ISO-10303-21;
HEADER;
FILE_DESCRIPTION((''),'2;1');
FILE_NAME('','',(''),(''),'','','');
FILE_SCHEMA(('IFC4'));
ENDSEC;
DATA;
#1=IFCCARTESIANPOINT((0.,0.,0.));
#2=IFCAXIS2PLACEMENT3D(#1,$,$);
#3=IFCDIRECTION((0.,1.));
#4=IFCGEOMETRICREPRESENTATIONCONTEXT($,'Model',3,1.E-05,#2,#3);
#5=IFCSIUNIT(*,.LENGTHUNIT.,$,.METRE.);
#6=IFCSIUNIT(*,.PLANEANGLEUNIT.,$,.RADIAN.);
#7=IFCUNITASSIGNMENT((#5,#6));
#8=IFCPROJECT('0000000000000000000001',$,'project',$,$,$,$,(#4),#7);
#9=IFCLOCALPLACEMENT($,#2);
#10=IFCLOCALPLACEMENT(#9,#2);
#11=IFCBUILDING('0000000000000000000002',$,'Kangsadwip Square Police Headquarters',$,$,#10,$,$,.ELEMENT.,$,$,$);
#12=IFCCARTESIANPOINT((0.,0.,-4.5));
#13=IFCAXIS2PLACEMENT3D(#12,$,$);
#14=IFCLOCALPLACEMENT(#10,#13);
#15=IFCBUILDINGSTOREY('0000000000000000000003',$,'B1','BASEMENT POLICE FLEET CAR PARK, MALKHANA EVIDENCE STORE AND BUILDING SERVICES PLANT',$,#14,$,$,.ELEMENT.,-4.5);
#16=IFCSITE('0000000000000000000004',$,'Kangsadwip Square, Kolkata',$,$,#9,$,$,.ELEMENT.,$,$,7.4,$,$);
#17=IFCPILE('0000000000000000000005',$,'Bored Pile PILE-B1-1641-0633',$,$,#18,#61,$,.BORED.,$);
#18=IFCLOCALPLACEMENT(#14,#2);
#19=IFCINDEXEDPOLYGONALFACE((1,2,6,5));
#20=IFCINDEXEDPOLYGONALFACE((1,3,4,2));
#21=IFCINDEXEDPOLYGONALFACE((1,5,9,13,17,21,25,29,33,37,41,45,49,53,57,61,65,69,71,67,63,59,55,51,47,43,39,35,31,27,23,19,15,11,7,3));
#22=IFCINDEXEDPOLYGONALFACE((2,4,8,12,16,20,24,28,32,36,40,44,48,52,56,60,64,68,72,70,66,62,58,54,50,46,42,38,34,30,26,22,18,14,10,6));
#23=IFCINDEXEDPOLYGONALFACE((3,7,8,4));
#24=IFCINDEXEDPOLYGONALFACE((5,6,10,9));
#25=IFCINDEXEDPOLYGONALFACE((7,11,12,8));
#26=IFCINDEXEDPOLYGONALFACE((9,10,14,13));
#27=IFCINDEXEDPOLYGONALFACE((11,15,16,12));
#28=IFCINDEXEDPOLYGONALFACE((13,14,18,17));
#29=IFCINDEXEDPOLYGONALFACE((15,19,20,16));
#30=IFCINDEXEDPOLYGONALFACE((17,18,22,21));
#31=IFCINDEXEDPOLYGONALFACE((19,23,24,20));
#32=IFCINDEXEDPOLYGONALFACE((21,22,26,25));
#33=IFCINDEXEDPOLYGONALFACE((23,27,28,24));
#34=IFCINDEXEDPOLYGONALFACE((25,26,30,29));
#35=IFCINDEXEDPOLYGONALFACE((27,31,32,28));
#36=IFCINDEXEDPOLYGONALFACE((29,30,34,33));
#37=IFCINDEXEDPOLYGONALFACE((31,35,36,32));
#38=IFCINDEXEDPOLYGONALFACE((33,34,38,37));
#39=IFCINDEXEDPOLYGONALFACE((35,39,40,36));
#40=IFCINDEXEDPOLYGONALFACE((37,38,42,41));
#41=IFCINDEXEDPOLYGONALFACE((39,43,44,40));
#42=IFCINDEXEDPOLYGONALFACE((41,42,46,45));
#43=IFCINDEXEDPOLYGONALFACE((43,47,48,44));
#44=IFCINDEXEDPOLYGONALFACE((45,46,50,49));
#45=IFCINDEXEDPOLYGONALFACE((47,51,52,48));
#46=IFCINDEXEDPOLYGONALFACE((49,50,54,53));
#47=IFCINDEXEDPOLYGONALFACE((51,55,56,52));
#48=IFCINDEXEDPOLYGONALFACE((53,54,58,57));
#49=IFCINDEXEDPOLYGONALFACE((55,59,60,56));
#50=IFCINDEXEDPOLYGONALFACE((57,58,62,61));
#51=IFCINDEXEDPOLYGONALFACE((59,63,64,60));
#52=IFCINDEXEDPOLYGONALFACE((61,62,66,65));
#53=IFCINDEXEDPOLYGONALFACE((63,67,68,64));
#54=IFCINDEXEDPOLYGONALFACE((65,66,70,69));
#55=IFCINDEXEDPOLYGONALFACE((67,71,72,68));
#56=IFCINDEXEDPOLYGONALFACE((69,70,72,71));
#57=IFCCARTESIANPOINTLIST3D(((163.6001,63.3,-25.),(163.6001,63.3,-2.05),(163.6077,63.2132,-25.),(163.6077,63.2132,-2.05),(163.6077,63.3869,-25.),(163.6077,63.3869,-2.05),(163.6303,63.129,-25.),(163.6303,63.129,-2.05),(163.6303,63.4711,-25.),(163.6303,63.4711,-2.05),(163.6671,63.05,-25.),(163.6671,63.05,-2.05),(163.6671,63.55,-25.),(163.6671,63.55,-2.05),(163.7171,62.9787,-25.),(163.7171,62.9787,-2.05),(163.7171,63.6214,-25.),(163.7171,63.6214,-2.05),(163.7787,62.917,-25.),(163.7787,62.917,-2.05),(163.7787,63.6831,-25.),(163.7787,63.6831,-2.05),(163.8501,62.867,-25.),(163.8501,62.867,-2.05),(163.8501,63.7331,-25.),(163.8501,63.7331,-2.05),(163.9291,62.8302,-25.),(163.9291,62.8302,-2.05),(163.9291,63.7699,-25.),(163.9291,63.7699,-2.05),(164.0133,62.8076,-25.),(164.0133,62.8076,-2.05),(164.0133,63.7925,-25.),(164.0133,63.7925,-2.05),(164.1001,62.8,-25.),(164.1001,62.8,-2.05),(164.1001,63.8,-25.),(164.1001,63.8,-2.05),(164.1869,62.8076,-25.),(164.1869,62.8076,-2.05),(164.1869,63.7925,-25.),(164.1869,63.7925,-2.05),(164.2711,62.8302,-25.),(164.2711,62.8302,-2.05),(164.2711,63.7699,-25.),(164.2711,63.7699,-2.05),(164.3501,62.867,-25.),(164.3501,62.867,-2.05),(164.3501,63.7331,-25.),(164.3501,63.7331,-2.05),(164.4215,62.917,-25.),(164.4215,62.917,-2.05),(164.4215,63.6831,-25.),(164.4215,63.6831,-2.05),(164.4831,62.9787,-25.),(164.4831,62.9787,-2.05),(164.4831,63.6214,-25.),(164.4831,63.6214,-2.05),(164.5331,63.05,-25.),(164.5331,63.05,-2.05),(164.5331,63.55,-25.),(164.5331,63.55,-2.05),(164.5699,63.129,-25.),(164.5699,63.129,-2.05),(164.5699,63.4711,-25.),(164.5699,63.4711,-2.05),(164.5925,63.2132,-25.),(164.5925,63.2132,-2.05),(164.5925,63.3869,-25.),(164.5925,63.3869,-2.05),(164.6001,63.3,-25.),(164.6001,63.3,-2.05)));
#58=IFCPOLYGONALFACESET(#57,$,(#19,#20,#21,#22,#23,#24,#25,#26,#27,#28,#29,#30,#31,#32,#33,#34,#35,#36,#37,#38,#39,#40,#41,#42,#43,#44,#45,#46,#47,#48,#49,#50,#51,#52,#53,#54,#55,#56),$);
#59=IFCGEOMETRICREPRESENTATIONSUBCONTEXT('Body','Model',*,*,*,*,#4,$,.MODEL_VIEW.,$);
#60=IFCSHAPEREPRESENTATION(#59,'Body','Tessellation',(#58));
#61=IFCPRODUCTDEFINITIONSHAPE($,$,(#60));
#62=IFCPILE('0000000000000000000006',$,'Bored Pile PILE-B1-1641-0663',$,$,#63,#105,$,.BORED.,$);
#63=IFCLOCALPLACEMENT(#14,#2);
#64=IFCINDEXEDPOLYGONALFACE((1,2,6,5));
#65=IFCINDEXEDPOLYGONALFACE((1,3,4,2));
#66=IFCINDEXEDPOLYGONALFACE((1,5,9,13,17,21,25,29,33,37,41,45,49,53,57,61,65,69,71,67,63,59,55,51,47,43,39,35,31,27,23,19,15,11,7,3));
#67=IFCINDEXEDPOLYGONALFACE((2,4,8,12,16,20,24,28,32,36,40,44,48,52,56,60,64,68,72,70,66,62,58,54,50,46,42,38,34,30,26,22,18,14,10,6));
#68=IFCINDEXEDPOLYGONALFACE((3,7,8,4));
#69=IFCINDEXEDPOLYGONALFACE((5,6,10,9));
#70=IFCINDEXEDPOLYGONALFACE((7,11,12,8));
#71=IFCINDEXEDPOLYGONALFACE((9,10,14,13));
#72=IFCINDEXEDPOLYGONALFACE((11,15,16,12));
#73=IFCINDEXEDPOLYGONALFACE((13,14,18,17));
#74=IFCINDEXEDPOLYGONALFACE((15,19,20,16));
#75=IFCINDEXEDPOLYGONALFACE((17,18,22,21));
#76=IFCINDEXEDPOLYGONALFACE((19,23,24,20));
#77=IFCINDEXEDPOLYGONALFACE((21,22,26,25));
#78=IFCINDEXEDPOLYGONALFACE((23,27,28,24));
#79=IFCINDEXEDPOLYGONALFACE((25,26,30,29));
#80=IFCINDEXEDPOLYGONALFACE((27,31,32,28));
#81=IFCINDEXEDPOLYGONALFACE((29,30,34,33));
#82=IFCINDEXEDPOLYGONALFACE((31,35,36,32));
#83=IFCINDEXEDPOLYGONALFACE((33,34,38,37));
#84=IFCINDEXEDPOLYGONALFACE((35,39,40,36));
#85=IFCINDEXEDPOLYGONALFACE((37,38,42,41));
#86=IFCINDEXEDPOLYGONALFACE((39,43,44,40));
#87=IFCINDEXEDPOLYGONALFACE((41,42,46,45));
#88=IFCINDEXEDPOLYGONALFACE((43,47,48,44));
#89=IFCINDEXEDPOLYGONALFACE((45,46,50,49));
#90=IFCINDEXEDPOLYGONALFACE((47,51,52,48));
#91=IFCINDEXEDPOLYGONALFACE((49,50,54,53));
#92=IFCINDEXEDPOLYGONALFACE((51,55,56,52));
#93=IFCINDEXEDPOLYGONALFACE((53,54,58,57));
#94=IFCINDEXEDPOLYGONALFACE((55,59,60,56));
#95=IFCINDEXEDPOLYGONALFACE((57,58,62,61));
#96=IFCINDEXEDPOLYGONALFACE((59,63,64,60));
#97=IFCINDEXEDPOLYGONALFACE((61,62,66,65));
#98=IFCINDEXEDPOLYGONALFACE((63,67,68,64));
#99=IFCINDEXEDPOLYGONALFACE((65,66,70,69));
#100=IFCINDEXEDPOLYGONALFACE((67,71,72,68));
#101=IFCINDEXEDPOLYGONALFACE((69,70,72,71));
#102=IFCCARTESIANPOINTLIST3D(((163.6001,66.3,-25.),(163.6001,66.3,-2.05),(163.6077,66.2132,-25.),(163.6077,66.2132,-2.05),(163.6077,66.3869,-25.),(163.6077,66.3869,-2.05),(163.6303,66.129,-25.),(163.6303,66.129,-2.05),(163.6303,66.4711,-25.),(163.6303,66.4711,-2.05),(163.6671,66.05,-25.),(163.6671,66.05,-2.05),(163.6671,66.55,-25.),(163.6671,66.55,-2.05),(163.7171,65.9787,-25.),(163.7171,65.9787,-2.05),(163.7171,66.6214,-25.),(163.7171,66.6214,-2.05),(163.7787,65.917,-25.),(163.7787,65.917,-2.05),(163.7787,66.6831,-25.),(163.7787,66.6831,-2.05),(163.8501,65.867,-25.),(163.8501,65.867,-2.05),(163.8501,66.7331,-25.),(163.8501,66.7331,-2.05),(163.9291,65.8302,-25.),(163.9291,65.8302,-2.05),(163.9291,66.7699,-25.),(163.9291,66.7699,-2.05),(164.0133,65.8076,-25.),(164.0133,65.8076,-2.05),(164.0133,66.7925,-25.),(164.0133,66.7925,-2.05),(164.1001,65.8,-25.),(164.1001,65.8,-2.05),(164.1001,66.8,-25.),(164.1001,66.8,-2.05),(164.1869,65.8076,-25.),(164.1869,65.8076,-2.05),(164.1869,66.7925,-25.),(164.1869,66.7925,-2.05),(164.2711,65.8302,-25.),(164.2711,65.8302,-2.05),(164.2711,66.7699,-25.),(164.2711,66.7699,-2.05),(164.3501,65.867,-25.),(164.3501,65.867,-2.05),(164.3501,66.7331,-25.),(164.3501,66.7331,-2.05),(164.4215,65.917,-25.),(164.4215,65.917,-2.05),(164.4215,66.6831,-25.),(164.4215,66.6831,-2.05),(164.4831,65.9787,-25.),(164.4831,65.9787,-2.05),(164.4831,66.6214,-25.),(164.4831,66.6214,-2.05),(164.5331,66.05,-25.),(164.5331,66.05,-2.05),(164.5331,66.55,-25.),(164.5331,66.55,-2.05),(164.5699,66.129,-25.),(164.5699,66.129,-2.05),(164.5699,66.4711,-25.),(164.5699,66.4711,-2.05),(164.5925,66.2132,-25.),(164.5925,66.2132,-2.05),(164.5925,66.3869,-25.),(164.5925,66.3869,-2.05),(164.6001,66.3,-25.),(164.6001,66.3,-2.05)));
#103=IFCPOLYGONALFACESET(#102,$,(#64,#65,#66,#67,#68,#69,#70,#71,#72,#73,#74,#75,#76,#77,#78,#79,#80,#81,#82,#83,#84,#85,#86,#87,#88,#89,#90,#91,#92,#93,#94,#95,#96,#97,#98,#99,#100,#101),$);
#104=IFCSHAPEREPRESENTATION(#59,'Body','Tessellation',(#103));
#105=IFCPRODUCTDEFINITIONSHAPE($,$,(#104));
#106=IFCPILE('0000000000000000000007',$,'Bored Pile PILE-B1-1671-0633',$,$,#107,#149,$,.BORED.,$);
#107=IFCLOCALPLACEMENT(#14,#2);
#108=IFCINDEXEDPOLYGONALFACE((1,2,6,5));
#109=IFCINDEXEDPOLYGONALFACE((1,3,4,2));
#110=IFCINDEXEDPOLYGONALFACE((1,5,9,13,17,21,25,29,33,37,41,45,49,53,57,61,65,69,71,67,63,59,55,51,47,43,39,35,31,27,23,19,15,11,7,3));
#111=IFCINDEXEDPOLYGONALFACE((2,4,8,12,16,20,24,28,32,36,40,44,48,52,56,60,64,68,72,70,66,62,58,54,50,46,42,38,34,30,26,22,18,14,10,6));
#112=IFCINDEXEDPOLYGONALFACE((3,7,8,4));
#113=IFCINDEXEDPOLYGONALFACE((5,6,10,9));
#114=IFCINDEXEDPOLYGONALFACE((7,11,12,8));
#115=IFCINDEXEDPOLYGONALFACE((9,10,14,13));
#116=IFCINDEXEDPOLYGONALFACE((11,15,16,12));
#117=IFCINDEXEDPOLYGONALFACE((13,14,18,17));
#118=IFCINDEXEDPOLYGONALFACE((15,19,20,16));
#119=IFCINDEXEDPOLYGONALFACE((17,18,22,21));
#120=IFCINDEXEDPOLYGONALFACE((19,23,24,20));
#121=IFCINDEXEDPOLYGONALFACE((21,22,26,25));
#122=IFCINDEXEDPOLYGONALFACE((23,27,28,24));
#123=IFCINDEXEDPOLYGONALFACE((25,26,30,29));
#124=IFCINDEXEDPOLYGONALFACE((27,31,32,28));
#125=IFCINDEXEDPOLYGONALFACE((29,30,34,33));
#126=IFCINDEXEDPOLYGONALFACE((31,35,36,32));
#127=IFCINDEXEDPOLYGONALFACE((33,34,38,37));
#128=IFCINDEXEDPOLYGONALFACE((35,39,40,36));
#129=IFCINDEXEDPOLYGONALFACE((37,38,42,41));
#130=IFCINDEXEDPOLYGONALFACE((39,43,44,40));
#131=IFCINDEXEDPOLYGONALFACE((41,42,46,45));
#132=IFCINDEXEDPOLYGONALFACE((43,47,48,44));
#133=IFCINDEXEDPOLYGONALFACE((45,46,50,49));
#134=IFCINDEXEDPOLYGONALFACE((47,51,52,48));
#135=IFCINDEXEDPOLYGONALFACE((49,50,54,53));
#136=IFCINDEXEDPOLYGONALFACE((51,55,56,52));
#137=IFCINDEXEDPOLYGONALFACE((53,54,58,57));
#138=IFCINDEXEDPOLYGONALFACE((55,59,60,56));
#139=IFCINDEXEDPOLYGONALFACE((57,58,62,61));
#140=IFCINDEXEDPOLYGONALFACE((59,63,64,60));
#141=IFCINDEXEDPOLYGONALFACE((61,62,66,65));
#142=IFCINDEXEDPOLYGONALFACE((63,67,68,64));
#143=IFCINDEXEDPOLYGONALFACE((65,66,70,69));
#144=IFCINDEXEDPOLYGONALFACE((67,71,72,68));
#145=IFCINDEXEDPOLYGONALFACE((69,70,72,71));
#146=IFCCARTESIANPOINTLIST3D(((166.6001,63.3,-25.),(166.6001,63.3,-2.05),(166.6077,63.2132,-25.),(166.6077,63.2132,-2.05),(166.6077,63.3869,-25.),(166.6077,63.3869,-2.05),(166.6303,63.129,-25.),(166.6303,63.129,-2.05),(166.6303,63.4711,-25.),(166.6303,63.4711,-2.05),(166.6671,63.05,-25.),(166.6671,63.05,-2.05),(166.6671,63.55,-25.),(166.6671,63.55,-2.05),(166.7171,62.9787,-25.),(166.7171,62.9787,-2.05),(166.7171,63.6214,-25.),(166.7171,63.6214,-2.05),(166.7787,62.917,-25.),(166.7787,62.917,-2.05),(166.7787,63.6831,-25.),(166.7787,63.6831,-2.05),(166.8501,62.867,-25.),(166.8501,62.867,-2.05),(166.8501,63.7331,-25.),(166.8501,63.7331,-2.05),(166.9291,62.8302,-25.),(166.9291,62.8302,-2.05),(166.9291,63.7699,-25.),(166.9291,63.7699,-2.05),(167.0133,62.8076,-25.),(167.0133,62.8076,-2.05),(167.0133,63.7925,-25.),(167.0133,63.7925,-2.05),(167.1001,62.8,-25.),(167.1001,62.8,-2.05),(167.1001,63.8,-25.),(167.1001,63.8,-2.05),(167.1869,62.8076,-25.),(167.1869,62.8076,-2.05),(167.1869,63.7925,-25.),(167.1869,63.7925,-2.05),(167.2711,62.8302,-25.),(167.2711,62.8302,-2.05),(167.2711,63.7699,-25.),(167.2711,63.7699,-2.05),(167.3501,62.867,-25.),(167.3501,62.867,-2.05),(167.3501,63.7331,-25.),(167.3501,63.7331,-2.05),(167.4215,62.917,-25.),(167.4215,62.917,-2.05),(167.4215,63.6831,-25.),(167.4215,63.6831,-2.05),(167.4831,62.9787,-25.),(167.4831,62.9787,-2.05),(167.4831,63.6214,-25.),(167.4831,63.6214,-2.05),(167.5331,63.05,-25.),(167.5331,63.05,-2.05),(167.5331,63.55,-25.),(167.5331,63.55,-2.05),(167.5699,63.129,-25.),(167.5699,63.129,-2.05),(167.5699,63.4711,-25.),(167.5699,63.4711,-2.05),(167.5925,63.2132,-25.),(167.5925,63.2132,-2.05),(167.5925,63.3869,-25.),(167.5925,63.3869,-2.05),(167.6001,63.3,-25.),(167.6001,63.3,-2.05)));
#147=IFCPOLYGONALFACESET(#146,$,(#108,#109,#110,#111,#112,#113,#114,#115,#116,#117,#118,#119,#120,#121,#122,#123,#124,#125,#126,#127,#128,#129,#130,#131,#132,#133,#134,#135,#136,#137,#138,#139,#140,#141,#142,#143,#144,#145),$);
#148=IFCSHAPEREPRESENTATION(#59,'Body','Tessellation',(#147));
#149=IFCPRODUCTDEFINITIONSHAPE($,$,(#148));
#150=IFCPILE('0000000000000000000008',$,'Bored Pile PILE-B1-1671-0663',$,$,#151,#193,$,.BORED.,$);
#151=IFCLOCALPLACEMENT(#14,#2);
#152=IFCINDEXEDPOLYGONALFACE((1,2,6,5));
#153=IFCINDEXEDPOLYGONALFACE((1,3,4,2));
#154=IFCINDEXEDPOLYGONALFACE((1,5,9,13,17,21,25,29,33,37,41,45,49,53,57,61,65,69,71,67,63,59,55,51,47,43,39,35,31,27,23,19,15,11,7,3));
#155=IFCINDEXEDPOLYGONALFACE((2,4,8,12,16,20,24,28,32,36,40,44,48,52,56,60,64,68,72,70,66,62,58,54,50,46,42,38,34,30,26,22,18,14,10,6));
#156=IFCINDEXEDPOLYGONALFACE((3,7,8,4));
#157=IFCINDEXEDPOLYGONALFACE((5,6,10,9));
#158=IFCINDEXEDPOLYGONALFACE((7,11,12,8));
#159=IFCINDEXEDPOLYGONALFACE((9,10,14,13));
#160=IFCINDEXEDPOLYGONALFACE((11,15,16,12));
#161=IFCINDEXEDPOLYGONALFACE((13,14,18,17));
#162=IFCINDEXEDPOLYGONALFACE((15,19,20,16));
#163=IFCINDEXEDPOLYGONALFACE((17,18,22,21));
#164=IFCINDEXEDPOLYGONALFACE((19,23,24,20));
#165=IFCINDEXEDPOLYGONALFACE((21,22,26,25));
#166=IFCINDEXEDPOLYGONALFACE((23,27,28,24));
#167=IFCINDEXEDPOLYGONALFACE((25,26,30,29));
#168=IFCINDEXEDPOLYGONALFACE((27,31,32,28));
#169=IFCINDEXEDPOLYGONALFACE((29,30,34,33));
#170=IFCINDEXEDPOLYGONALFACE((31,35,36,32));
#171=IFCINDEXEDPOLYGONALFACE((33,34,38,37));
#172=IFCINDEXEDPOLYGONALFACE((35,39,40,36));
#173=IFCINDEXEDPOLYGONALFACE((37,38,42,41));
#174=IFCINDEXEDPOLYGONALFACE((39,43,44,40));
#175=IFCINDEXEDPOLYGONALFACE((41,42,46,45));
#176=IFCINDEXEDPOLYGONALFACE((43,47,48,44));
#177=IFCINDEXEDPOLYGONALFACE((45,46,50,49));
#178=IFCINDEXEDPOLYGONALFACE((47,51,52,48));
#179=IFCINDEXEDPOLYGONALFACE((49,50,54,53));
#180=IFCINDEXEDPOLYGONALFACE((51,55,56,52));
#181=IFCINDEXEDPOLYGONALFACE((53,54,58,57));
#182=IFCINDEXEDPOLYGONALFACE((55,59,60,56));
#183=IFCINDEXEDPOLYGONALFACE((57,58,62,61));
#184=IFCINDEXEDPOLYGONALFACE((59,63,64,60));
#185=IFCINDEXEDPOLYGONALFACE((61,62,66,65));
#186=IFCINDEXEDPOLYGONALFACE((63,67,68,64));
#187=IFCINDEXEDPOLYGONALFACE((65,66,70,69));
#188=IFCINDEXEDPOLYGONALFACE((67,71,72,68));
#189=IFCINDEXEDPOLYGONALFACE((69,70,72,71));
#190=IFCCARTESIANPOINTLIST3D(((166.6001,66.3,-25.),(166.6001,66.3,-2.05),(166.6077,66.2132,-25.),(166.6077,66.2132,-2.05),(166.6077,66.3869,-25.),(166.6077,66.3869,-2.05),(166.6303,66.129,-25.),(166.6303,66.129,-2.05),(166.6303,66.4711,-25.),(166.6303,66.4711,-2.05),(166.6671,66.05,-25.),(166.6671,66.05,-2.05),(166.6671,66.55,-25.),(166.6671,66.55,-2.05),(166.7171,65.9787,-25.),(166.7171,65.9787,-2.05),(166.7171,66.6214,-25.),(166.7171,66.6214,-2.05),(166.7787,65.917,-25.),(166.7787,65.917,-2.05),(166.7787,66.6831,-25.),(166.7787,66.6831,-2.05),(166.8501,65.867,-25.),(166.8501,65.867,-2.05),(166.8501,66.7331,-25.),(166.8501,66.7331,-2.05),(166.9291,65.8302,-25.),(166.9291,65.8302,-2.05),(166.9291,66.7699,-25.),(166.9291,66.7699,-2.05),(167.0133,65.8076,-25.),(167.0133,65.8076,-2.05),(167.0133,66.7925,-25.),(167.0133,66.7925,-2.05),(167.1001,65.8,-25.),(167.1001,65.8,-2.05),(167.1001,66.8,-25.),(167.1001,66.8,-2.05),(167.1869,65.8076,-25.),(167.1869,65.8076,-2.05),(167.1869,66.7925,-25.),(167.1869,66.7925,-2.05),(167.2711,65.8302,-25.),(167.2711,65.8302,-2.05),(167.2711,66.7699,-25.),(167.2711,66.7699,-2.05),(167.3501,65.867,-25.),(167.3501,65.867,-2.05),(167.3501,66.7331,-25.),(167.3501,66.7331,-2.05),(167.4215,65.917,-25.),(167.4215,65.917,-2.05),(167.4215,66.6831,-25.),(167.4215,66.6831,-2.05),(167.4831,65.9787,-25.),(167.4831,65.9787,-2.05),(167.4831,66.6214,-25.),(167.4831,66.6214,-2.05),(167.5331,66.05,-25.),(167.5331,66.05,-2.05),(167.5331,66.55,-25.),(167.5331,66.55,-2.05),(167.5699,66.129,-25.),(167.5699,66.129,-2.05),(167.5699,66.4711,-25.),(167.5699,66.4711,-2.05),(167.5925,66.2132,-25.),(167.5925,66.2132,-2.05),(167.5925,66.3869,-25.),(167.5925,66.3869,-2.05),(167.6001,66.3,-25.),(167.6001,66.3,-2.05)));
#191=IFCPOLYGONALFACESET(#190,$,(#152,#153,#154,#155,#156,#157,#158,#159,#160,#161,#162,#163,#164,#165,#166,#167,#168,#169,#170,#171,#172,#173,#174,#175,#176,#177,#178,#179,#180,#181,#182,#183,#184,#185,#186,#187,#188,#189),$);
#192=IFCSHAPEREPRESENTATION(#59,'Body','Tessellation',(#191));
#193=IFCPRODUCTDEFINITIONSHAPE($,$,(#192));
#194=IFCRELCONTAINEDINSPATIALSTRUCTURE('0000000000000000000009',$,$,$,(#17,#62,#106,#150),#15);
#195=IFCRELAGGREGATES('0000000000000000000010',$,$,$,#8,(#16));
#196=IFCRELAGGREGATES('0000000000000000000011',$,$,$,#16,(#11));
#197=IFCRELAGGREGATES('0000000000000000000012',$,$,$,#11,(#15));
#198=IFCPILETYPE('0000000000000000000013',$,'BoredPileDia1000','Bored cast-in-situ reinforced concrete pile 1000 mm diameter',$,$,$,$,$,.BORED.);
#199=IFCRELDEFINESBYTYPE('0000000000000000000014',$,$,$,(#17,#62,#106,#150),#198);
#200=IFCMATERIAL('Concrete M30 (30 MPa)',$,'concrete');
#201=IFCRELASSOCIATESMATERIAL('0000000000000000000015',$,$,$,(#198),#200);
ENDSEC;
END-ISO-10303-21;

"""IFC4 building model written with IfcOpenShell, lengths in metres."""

from ifc_helpers import new_model, si_unit, direction, frame, origin, origin_2d, place, context, subcontext, project, spatial, circle, extrude, material, material_profile, profile_set, type_object, element, save


model = new_model("IFC4")

# Units and contexts
model_context = context("Model", 3, precision=1e-05, world=origin(), true_north=direction((0.0, 1.0)))
body_context = subcontext(model_context, "Body", "Model", "MODEL_VIEW")
ifc_project = project(units=[si_unit("LENGTHUNIT", "METRE"), si_unit("PLANEANGLEUNIT", "RADIAN")], contexts=[model_context])

# Site, building, storey
site_placement = place(None, origin())
site = spatial("IfcSite", under=ifc_project, at=site_placement, Name="Kangsadwip Square, Kolkata", CompositionType="ELEMENT", RefElevation=7.4)
building_placement = place(site_placement, origin())
building = spatial("IfcBuilding", under=site, at=building_placement, Name="Kangsadwip Square Police Headquarters", CompositionType="ELEMENT")
storey_placement = place(building_placement, frame((0.0, 0.0, -4.5)))
storey = spatial("IfcBuildingStorey", under=building, at=storey_placement, Name="B1", Description="BASEMENT POLICE FLEET CAR PARK, MALKHANA EVIDENCE STORE AND BUILDING SERVICES PLANT", CompositionType="ELEMENT", Elevation=-4.5)

# Piles
ifc_material_1 = material(Name="Concrete M30 (30 MPa)", Category="concrete")
ifc_material_profile_1 = material_profile(ifc_material_1, circle(Radius=0.5, at=origin_2d()), Name="PILE DIA 1000")
ifc_profile_set_1 = profile_set([ifc_material_profile_1], Name="Concrete M30 (30 MPa)")
pile_type_1 = type_object("IfcPileType", Name="BoredPileDia1000", Description="Bored cast-in-situ reinforced concrete pile 1000 mm diameter", PredefinedType="BORED", material=ifc_profile_set_1)
for number, where, z_axis, x_axis, name in (
    (1, (164.1001, 63.3, -2.05), (0.0, 0.0, -1.0), (1.0, 0.0, 0.0), "Bored Pile PILE-B1-1641-0633"),
    (2, (164.1001, 66.3, -2.05), (0.0, 0.0, -1.0), (1.0, 0.0, 0.0), "Bored Pile PILE-B1-1641-0663"),
    (3, (167.1001, 63.3, -2.05), (0.0, 0.0, -1.0), (1.0, 0.0, 0.0), "Bored Pile PILE-B1-1671-0633"),
    (4, (167.1001, 66.3, -2.05), (0.0, 0.0, -1.0), (1.0, 0.0, 0.0), "Bored Pile PILE-B1-1671-0663"),
):
    element("IfcPile", number, at=place(storey_placement, frame(where, z_axis=z_axis, x_axis=x_axis)), inside=storey, type_object=pile_type_1, Name=name, PredefinedType="BORED", context=body_context, shape_type="SweptSolid", body=[
        extrude(circle(Radius=0.5, at=origin_2d()), origin(), (0.0, 0.0, 1.0), 22.95),
    ])

save(model, "model.ifc")
